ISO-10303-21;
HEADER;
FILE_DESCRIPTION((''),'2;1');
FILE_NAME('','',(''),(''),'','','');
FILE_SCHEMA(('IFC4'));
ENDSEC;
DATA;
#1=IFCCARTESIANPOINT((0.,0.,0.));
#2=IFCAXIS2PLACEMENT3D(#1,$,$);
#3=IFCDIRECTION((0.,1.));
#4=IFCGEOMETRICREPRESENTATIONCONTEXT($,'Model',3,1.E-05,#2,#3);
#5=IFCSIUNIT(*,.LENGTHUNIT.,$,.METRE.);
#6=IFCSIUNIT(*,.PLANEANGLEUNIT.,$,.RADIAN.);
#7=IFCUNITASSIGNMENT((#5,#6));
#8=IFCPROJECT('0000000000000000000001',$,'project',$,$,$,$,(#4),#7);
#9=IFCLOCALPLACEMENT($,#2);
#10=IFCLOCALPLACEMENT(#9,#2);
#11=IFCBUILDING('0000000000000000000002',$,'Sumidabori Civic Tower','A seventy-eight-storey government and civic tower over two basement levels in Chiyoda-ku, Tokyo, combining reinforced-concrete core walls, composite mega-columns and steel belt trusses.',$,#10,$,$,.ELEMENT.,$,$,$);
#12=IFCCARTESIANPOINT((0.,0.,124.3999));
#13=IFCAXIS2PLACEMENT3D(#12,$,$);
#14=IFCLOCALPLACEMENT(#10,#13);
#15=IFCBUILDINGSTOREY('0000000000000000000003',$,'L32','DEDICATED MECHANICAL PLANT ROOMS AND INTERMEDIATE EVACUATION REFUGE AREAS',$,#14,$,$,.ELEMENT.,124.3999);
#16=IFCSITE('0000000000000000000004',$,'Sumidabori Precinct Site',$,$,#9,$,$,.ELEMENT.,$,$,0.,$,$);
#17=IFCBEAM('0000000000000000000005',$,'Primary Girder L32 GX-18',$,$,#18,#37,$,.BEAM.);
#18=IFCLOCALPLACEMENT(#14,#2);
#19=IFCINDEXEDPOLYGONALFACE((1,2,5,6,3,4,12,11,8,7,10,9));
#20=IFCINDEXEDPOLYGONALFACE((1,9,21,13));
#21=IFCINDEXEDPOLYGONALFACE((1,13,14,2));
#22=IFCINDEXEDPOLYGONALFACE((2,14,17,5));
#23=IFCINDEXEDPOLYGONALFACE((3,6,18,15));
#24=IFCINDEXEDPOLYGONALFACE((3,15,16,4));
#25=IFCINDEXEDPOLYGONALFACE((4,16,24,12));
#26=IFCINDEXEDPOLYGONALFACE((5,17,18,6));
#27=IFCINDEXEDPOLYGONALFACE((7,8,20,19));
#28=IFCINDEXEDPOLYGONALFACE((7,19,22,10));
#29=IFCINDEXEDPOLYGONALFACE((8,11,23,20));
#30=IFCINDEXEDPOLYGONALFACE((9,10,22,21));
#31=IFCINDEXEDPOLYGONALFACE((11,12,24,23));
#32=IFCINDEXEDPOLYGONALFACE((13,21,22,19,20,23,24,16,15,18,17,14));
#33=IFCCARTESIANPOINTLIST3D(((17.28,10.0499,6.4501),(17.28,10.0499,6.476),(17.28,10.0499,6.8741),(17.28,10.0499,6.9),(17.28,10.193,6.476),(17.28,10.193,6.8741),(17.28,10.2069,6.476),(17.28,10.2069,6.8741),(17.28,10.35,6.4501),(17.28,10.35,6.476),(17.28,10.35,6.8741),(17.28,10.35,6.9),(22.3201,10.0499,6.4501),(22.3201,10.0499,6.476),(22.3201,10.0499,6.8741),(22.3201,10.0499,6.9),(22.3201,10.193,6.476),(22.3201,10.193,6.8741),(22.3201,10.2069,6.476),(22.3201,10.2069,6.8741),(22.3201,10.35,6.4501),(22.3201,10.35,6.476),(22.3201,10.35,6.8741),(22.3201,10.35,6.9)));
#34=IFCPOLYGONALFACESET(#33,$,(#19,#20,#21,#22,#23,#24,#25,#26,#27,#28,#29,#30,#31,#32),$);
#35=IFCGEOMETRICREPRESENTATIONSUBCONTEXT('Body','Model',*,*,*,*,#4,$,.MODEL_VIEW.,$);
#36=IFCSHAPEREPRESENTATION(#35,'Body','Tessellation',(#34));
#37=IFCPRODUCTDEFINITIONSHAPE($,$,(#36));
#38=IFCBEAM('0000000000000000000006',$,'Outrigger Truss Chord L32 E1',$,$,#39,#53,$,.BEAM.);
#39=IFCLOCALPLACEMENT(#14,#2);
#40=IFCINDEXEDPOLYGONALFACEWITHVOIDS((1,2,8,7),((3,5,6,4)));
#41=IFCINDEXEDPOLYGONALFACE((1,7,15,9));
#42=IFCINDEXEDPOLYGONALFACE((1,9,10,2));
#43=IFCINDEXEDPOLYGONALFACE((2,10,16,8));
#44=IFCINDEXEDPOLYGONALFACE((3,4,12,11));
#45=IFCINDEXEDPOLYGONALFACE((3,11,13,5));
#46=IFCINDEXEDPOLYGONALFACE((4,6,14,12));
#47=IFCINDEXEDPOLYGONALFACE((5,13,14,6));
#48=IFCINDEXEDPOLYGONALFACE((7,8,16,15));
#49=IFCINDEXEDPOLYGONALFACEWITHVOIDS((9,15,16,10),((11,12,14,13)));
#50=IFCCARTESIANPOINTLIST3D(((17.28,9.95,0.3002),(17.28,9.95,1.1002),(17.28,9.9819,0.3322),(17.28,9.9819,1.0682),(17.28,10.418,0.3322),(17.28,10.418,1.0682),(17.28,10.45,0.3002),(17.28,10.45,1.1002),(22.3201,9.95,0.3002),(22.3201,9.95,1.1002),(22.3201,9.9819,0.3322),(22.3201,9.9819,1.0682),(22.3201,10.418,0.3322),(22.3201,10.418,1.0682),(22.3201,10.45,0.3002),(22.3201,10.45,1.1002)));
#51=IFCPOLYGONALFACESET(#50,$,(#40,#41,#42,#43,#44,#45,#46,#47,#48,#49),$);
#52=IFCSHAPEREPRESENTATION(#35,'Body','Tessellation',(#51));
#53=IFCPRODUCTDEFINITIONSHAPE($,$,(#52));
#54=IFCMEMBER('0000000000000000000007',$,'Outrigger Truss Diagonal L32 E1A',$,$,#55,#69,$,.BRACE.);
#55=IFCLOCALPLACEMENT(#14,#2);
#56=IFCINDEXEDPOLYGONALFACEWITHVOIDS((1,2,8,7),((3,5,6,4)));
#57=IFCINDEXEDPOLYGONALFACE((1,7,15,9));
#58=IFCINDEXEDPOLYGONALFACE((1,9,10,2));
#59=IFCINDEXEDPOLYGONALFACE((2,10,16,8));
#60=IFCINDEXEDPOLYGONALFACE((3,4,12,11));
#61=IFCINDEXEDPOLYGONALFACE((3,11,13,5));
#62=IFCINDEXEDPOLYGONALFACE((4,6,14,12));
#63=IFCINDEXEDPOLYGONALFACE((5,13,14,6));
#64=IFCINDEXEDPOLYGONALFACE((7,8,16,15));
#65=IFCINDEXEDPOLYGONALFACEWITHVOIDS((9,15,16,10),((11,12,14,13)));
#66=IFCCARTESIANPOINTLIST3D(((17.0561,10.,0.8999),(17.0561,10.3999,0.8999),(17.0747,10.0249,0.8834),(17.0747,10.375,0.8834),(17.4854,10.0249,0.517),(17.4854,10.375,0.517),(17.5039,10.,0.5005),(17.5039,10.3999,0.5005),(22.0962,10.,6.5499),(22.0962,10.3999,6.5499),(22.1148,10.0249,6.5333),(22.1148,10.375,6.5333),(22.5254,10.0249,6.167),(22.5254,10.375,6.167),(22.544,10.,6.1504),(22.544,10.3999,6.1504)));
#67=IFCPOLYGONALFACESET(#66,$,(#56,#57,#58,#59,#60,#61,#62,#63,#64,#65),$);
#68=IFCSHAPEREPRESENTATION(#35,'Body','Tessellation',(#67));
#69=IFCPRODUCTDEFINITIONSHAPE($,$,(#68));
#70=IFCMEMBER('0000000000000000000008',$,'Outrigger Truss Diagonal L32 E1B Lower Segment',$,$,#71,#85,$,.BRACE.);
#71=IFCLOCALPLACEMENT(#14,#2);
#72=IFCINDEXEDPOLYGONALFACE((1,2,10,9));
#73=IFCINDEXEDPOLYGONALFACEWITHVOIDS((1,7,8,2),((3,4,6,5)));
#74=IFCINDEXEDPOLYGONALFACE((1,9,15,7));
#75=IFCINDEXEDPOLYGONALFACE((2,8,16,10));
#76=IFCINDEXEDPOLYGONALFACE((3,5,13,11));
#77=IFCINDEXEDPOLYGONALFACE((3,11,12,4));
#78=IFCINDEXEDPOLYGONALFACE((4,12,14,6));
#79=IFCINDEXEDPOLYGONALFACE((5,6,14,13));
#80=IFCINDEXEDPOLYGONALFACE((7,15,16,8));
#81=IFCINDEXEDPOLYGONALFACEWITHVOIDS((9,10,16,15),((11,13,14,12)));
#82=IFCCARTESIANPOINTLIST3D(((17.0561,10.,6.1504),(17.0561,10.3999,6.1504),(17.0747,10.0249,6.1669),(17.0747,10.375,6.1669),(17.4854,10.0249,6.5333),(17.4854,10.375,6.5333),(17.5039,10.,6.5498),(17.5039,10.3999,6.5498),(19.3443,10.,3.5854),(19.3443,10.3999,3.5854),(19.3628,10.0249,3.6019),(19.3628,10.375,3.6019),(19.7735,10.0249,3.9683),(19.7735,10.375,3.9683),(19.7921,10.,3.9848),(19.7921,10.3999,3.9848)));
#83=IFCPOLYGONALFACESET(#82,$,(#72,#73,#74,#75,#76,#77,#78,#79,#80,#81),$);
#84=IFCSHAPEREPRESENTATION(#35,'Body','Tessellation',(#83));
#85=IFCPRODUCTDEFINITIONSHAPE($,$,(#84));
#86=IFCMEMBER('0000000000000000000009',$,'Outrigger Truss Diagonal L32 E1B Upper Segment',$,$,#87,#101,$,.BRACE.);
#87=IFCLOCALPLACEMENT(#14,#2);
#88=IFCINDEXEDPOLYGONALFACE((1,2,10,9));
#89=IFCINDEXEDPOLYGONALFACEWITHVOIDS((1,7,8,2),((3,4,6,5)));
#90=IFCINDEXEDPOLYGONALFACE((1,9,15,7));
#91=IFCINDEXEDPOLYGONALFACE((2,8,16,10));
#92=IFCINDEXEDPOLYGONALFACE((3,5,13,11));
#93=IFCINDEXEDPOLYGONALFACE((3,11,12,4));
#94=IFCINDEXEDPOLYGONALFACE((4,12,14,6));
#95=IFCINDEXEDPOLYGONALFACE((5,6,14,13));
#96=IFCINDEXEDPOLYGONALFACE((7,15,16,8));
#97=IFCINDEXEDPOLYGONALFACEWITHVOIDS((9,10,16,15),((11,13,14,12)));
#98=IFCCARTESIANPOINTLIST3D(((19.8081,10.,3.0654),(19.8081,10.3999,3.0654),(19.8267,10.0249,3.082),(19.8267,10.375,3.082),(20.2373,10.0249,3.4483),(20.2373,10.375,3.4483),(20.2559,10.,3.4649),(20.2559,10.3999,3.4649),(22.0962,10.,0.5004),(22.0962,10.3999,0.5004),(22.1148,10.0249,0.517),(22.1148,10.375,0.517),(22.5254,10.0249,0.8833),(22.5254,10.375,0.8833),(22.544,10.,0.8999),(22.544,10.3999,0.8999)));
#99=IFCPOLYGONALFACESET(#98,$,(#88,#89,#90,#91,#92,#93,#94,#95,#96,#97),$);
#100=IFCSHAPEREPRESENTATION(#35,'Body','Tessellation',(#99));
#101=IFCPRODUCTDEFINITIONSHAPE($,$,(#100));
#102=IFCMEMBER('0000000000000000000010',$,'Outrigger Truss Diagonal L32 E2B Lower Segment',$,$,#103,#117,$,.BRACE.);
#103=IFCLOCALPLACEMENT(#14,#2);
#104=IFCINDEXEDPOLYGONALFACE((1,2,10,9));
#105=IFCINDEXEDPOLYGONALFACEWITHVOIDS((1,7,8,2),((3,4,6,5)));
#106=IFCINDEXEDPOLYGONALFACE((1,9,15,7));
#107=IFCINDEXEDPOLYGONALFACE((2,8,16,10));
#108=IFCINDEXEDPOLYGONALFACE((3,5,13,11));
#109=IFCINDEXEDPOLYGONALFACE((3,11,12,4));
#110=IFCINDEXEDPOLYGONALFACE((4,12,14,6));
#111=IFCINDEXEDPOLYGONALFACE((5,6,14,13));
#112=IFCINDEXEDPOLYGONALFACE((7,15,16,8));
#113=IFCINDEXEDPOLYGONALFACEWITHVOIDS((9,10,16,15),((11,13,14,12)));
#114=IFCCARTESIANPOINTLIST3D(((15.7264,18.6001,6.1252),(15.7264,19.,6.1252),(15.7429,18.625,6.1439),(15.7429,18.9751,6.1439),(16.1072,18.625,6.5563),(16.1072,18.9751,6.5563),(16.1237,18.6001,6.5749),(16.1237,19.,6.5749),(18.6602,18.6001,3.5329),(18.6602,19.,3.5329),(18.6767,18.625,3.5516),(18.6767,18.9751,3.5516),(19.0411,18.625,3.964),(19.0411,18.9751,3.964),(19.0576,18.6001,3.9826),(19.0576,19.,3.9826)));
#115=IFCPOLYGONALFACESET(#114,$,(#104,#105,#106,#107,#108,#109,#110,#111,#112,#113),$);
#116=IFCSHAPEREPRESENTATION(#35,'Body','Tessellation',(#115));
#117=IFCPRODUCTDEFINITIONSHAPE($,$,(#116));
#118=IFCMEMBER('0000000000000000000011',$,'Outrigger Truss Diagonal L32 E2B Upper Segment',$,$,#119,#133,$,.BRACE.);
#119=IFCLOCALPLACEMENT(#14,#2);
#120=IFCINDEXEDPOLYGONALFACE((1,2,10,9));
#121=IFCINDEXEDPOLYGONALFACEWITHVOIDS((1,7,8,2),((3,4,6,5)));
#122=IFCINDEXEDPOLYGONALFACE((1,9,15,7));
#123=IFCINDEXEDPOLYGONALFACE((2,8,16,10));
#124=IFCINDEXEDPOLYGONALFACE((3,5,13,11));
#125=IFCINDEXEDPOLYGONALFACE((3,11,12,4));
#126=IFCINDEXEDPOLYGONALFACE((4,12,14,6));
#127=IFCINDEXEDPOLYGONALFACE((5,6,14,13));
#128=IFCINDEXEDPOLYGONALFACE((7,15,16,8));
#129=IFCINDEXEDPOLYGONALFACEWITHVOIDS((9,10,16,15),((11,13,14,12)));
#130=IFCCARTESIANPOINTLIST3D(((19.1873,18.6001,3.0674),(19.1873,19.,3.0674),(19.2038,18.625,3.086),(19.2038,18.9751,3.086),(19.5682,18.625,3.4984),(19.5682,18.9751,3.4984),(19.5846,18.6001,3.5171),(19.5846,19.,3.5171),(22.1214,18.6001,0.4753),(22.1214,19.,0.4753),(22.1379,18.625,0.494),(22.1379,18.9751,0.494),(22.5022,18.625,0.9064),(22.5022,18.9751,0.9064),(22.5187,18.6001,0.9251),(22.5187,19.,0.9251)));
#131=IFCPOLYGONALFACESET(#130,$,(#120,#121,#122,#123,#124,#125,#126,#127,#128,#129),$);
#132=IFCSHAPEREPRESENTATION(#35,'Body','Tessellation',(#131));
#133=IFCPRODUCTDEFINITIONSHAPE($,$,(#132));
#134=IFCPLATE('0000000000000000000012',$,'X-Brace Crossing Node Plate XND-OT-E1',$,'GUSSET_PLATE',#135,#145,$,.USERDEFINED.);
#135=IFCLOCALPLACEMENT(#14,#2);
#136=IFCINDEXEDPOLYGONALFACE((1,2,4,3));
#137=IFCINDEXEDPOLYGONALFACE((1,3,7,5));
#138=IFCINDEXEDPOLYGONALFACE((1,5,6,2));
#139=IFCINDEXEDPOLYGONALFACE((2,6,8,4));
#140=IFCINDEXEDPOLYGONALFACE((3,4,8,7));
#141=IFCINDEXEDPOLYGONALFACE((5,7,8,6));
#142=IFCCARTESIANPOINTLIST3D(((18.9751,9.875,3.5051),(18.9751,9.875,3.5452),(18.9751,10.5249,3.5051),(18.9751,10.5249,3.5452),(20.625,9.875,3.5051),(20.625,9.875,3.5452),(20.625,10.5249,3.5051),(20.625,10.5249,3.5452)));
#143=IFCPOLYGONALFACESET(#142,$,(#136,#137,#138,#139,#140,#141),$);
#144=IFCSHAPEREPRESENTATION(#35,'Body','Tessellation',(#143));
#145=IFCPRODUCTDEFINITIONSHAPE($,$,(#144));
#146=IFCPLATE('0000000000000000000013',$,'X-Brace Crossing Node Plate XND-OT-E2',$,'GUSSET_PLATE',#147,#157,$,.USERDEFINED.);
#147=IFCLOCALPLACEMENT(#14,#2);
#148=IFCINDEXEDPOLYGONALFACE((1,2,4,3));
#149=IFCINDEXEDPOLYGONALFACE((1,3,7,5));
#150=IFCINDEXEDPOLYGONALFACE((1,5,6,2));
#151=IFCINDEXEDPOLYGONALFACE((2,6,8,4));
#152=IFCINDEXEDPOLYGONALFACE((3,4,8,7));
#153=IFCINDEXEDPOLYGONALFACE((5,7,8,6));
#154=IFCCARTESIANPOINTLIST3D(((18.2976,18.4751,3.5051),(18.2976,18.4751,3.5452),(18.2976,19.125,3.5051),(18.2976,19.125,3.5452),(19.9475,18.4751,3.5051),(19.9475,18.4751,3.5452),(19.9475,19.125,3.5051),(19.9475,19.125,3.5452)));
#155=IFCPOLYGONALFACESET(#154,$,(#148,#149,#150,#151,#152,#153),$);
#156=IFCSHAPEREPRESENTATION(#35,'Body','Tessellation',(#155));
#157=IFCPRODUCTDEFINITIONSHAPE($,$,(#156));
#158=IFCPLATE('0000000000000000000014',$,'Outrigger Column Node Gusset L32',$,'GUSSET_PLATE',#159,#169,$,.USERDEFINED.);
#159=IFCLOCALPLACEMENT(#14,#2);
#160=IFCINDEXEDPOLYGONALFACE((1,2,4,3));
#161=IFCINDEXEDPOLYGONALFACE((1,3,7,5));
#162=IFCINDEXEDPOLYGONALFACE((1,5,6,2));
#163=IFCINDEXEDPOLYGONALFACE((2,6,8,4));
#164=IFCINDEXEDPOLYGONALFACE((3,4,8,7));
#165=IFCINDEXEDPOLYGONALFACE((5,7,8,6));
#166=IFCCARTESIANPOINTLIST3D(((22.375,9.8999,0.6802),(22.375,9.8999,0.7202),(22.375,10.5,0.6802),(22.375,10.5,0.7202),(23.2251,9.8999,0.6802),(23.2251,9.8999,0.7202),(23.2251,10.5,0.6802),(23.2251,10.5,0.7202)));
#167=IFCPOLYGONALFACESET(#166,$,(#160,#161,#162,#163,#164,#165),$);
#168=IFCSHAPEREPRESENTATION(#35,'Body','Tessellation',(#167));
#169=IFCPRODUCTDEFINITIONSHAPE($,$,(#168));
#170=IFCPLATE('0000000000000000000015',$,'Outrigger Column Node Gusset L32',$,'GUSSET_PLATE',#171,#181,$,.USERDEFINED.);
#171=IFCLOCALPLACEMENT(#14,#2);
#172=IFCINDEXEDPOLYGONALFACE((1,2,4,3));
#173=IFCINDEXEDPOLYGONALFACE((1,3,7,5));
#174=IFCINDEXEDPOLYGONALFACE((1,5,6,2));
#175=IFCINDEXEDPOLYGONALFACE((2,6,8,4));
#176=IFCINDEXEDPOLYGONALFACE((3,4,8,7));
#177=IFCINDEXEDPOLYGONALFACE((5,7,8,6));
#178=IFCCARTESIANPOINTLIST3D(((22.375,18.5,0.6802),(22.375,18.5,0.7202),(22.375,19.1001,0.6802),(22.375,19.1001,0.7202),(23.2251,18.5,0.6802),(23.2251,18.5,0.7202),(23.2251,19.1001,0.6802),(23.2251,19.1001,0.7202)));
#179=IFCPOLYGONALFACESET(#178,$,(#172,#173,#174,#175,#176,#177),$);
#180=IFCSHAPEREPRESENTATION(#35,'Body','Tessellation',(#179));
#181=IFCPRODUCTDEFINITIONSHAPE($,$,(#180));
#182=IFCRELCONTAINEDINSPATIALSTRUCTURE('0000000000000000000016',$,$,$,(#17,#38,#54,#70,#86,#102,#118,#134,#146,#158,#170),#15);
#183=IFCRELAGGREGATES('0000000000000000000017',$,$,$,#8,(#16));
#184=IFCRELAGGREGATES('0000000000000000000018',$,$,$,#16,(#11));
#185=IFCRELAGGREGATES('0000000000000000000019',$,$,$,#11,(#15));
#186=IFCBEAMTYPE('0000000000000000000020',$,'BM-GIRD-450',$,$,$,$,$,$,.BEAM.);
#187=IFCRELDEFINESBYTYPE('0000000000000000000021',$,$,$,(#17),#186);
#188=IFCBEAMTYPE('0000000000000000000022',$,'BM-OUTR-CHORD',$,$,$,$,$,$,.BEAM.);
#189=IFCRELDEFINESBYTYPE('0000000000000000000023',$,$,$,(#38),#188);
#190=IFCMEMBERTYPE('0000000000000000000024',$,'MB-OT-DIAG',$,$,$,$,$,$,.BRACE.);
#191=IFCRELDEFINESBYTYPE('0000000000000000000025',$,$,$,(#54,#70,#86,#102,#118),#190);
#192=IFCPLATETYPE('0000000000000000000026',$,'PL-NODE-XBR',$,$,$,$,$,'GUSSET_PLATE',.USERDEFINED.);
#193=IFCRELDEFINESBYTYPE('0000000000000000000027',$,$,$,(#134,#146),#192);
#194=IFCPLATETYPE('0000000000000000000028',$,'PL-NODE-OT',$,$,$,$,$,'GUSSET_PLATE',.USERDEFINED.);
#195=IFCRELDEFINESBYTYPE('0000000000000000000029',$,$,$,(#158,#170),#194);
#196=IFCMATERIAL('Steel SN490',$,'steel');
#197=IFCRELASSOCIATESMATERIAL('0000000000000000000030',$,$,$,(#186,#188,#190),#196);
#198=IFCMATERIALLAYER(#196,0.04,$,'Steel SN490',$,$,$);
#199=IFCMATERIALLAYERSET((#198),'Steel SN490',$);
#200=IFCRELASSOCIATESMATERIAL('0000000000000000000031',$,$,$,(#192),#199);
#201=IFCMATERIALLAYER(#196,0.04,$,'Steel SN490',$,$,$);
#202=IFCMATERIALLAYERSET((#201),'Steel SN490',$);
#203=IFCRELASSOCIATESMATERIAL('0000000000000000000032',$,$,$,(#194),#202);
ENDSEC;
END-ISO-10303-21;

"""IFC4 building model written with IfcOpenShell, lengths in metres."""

from ifc_helpers import new_model, si_unit, direction, frame, origin, origin_2d, place, context, subcontext, project, spatial, rectangle, hollow_rectangle, i_section, extrude, source, transform, mapped, material, layer, layer_set, material_profile, profile_set, type_object, element, save


model = new_model("IFC4")

# Units and contexts
model_context = context("Model", 3, precision=1e-05, world=origin(), true_north=direction((0.0, 1.0)))
body_context = subcontext(model_context, "Body", "Model", "MODEL_VIEW")
ifc_project = project(units=[si_unit("LENGTHUNIT", "METRE"), si_unit("PLANEANGLEUNIT", "RADIAN")], contexts=[model_context])

# Site, building, storey
site_placement = place(None, origin())
site = spatial("IfcSite", under=ifc_project, at=site_placement, Name="Sumidabori Precinct Site", CompositionType="ELEMENT", RefElevation=0.0)
building_placement = place(site_placement, origin())
building = spatial("IfcBuilding", under=site, at=building_placement, Name="Sumidabori Civic Tower", Description="A seventy-eight-storey government and civic tower over two basement levels in Chiyoda-ku, Tokyo, combining reinforced-concrete core walls, composite mega-columns and steel belt trusses.", CompositionType="ELEMENT")
storey_placement = place(building_placement, frame((0.0, 0.0, 124.3999)))
storey = spatial("IfcBuildingStorey", under=building, at=storey_placement, Name="L32", Description="DEDICATED MECHANICAL PLANT ROOMS AND INTERMEDIATE EVACUATION REFUGE AREAS", CompositionType="ELEMENT", Elevation=124.3999)

# Beams
ifc_material_1 = material(Name="Steel SN490", Category="steel")
ifc_material_profile_1 = material_profile(ifc_material_1, i_section(OverallWidth=0.3, OverallDepth=0.45, WebThickness=0.0139, FlangeThickness=0.0259, at=origin_2d()), Name="HE 450 B")
ifc_profile_set_1 = profile_set([ifc_material_profile_1], Name="Steel SN490")
beam_type_1 = type_object("IfcBeamType", Name="BM-GIRD-450", PredefinedType="BEAM", material=ifc_profile_set_1)
shared_shape_1 = source(origin(), body_context, "Body", "SweptSolid", [
    extrude(i_section(OverallWidth=0.3, OverallDepth=0.45, WebThickness=0.0139, FlangeThickness=0.0259, at=origin_2d()), origin(), (0.0, 0.0, 1.0), 5.04),
])
beam_1_placement = place(storey_placement, frame((17.28, 10.2, 6.675), z_axis=(1.0, 0.0, 0.0), x_axis=(0.0, 1.0, 0.0)))
element("IfcBeam", 1, at=beam_1_placement, inside=storey, type_object=beam_type_1, Name="Primary Girder L32 GX-18", PredefinedType="BEAM", context=body_context, shape_type="MappedRepresentation", body=[
    mapped(shared_shape_1, transform((0.0, 0.0, 0.0), x_axis=(1.0, 0.0, 0.0), y_axis=(0.0, 1.0, 0.0), z_axis=(0.0, 0.0, 1.0), scale=1.0)),
])
ifc_material_profile_2 = material_profile(ifc_material_1, hollow_rectangle(XDim=0.5, YDim=0.8, WallThickness=0.032, at=origin_2d()), Name="RHS 800x500x32")
ifc_profile_set_2 = profile_set([ifc_material_profile_2], Name="Steel SN490")
beam_type_2 = type_object("IfcBeamType", Name="BM-OUTR-CHORD", PredefinedType="BEAM", material=ifc_profile_set_2)
shared_shape_2 = source(origin(), body_context, "Body", "SweptSolid", [
    extrude(hollow_rectangle(XDim=0.5, YDim=0.8, WallThickness=0.032, at=origin_2d()), origin(), (0.0, 0.0, 1.0), 5.04),
])
beam_2_placement = place(storey_placement, frame((17.28, 10.2, 0.7002), z_axis=(1.0, 0.0, 0.0), x_axis=(0.0, 1.0, 0.0)))
element("IfcBeam", 2, at=beam_2_placement, inside=storey, type_object=beam_type_2, Name="Outrigger Truss Chord L32 E1", PredefinedType="BEAM", context=body_context, shape_type="MappedRepresentation", body=[
    mapped(shared_shape_2, transform((0.0, 0.0, 0.0), x_axis=(1.0, 0.0, 0.0), y_axis=(0.0, 1.0, 0.0), z_axis=(0.0, 0.0, 1.0), scale=1.0)),
])

# Members
ifc_material_profile_3 = material_profile(ifc_material_1, hollow_rectangle(XDim=0.3999, YDim=0.6001, WallThickness=0.0249, at=origin_2d()), Name="RHS 600x400x25")
ifc_profile_set_3 = profile_set([ifc_material_profile_3], Name="Steel SN490")
member_type = type_object("IfcMemberType", Name="MB-OT-DIAG", PredefinedType="BRACE", material=ifc_profile_set_3)
shared_shape_3 = source(origin(), body_context, "Body", "SweptSolid", [
    extrude(hollow_rectangle(XDim=0.3999, YDim=0.6001, WallThickness=0.0249, at=origin_2d()), origin(), (0.0, 0.0, 1.0), 7.5713),
])
member_placement = place(storey_placement, frame((17.28, 10.2, 0.7002), z_axis=(0.665684, 0.0, 0.746234), x_axis=(0.0, 1.0, 0.0)))
element("IfcMember", 3, at=member_placement, inside=storey, type_object=member_type, Name="Outrigger Truss Diagonal L32 E1A", PredefinedType="BRACE", context=body_context, shape_type="MappedRepresentation", body=[
    mapped(shared_shape_3, transform((0.0, 0.0, 0.0), x_axis=(1.0, 0.0, 0.0), y_axis=(0.0, 1.0, 0.0), z_axis=(0.0, 0.0, 1.0), scale=1.0)),
])
shared_shape_4 = source(origin(), body_context, "Body", "SweptSolid", [
    extrude(hollow_rectangle(XDim=0.3999, YDim=0.6001, WallThickness=0.0249, at=origin_2d()), origin(), (0.0, 0.0, 1.0), 3.4373),
])
for number, where, z_axis, x_axis, name in (
    (4, (17.28, 10.2, 6.3501), (0.665685, 0.0, -0.746232), (0.0, 1.0, 0.0), "Outrigger Truss Diagonal L32 E1B Lower Segment"),
    (5, (20.032, 10.2, 3.2651), (0.665685, 0.0, -0.746232), (0.0, 1.0, 0.0), "Outrigger Truss Diagonal L32 E1B Upper Segment"),
):
    element("IfcMember", number, at=place(storey_placement, frame(where, z_axis=z_axis, x_axis=x_axis)), inside=storey, type_object=member_type, Name=name, PredefinedType="BRACE", context=body_context, shape_type="MappedRepresentation", body=[
        mapped(shared_shape_4, transform((0.0, 0.0, 0.0), x_axis=(1.0, 0.0, 0.0), y_axis=(0.0, 1.0, 0.0), z_axis=(0.0, 0.0, 1.0), scale=1.0)),
    ])
shared_shape_5 = source(origin(), body_context, "Body", "SweptSolid", [
    extrude(hollow_rectangle(XDim=0.3999, YDim=0.6001, WallThickness=0.0249, at=origin_2d()), origin(), (0.0, 0.0, 1.0), 3.915),
])
for number, where, z_axis, x_axis, name in (
    (6, (15.925, 18.8, 6.3501), (0.749381, 0.0, -0.662139), (0.0, 1.0, 0.0), "Outrigger Truss Diagonal L32 E2B Lower Segment"),
    (7, (19.386, 18.8, 3.2922), (0.749439, 0.0, -0.662073), (0.0, 1.0, 0.0), "Outrigger Truss Diagonal L32 E2B Upper Segment"),
):
    element("IfcMember", number, at=place(storey_placement, frame(where, z_axis=z_axis, x_axis=x_axis)), inside=storey, type_object=member_type, Name=name, PredefinedType="BRACE", context=body_context, shape_type="MappedRepresentation", body=[
        mapped(shared_shape_5, transform((0.0, 0.0, 0.0), x_axis=(1.0, 0.0, 0.0), y_axis=(0.0, 1.0, 0.0), z_axis=(0.0, 0.0, 1.0), scale=1.0)),
    ])

# Plates
ifc_layer_1 = layer(ifc_material_1, 0.04, Name="Steel SN490")
ifc_layer_set_1 = layer_set([ifc_layer_1], Name="Steel SN490")
plate_type_1 = type_object("IfcPlateType", Name="PL-NODE-XBR", ElementType="GUSSET_PLATE", PredefinedType="USERDEFINED", material=ifc_layer_set_1)
shared_shape_6 = source(origin(), body_context, "Body", "SweptSolid", [
    extrude(rectangle(XDim=1.6499, YDim=0.6499, at=origin_2d()), origin(), (0.0, 0.0, 1.0), 0.04),
])
for number, where, z_axis, x_axis, name in (
    (8, (19.8, 10.2, 3.5051), (0.0, 0.0, 1.0), (1.0, 0.0, 0.0), "X-Brace Crossing Node Plate XND-OT-E1"),
    (9, (19.1226, 18.8, 3.5051), (0.0, 0.0, 1.0), (1.0, 0.0, 0.0), "X-Brace Crossing Node Plate XND-OT-E2"),
):
    element("IfcPlate", number, at=place(storey_placement, frame(where, z_axis=z_axis, x_axis=x_axis)), inside=storey, type_object=plate_type_1, Name=name, ObjectType="GUSSET_PLATE", PredefinedType="USERDEFINED", context=body_context, shape_type="MappedRepresentation", body=[
        mapped(shared_shape_6, transform((0.0, 0.0, 0.0), x_axis=(1.0, 0.0, 0.0), y_axis=(0.0, 1.0, 0.0), z_axis=(0.0, 0.0, 1.0), scale=1.0)),
    ])
ifc_layer_2 = layer(ifc_material_1, 0.04, Name="Steel SN490")
ifc_layer_set_2 = layer_set([ifc_layer_2], Name="Steel SN490")
plate_type_2 = type_object("IfcPlateType", Name="PL-NODE-OT", ElementType="GUSSET_PLATE", PredefinedType="USERDEFINED", material=ifc_layer_set_2)
shared_shape_7 = source(origin(), body_context, "Body", "SweptSolid", [
    extrude(rectangle(XDim=0.8501, YDim=0.6001, at=origin_2d()), origin(), (0.0, 0.0, 1.0), 0.04),
])
for number, where, z_axis, x_axis, name in (
    (10, (22.8, 10.2, 0.6802), (0.0, 0.0, 1.0), (1.0, 0.0, 0.0), "Outrigger Column Node Gusset L32"),
    (11, (22.8, 18.8, 0.6802), (0.0, 0.0, 1.0), (1.0, 0.0, 0.0), "Outrigger Column Node Gusset L32"),
):
    element("IfcPlate", number, at=place(storey_placement, frame(where, z_axis=z_axis, x_axis=x_axis)), inside=storey, type_object=plate_type_2, Name=name, ObjectType="GUSSET_PLATE", PredefinedType="USERDEFINED", context=body_context, shape_type="MappedRepresentation", body=[
        mapped(shared_shape_7, transform((0.0, 0.0, 0.0), x_axis=(1.0, 0.0, 0.0), y_axis=(0.0, 1.0, 0.0), z_axis=(0.0, 0.0, 1.0), scale=1.0)),
    ])

save(model, "model.ifc")
